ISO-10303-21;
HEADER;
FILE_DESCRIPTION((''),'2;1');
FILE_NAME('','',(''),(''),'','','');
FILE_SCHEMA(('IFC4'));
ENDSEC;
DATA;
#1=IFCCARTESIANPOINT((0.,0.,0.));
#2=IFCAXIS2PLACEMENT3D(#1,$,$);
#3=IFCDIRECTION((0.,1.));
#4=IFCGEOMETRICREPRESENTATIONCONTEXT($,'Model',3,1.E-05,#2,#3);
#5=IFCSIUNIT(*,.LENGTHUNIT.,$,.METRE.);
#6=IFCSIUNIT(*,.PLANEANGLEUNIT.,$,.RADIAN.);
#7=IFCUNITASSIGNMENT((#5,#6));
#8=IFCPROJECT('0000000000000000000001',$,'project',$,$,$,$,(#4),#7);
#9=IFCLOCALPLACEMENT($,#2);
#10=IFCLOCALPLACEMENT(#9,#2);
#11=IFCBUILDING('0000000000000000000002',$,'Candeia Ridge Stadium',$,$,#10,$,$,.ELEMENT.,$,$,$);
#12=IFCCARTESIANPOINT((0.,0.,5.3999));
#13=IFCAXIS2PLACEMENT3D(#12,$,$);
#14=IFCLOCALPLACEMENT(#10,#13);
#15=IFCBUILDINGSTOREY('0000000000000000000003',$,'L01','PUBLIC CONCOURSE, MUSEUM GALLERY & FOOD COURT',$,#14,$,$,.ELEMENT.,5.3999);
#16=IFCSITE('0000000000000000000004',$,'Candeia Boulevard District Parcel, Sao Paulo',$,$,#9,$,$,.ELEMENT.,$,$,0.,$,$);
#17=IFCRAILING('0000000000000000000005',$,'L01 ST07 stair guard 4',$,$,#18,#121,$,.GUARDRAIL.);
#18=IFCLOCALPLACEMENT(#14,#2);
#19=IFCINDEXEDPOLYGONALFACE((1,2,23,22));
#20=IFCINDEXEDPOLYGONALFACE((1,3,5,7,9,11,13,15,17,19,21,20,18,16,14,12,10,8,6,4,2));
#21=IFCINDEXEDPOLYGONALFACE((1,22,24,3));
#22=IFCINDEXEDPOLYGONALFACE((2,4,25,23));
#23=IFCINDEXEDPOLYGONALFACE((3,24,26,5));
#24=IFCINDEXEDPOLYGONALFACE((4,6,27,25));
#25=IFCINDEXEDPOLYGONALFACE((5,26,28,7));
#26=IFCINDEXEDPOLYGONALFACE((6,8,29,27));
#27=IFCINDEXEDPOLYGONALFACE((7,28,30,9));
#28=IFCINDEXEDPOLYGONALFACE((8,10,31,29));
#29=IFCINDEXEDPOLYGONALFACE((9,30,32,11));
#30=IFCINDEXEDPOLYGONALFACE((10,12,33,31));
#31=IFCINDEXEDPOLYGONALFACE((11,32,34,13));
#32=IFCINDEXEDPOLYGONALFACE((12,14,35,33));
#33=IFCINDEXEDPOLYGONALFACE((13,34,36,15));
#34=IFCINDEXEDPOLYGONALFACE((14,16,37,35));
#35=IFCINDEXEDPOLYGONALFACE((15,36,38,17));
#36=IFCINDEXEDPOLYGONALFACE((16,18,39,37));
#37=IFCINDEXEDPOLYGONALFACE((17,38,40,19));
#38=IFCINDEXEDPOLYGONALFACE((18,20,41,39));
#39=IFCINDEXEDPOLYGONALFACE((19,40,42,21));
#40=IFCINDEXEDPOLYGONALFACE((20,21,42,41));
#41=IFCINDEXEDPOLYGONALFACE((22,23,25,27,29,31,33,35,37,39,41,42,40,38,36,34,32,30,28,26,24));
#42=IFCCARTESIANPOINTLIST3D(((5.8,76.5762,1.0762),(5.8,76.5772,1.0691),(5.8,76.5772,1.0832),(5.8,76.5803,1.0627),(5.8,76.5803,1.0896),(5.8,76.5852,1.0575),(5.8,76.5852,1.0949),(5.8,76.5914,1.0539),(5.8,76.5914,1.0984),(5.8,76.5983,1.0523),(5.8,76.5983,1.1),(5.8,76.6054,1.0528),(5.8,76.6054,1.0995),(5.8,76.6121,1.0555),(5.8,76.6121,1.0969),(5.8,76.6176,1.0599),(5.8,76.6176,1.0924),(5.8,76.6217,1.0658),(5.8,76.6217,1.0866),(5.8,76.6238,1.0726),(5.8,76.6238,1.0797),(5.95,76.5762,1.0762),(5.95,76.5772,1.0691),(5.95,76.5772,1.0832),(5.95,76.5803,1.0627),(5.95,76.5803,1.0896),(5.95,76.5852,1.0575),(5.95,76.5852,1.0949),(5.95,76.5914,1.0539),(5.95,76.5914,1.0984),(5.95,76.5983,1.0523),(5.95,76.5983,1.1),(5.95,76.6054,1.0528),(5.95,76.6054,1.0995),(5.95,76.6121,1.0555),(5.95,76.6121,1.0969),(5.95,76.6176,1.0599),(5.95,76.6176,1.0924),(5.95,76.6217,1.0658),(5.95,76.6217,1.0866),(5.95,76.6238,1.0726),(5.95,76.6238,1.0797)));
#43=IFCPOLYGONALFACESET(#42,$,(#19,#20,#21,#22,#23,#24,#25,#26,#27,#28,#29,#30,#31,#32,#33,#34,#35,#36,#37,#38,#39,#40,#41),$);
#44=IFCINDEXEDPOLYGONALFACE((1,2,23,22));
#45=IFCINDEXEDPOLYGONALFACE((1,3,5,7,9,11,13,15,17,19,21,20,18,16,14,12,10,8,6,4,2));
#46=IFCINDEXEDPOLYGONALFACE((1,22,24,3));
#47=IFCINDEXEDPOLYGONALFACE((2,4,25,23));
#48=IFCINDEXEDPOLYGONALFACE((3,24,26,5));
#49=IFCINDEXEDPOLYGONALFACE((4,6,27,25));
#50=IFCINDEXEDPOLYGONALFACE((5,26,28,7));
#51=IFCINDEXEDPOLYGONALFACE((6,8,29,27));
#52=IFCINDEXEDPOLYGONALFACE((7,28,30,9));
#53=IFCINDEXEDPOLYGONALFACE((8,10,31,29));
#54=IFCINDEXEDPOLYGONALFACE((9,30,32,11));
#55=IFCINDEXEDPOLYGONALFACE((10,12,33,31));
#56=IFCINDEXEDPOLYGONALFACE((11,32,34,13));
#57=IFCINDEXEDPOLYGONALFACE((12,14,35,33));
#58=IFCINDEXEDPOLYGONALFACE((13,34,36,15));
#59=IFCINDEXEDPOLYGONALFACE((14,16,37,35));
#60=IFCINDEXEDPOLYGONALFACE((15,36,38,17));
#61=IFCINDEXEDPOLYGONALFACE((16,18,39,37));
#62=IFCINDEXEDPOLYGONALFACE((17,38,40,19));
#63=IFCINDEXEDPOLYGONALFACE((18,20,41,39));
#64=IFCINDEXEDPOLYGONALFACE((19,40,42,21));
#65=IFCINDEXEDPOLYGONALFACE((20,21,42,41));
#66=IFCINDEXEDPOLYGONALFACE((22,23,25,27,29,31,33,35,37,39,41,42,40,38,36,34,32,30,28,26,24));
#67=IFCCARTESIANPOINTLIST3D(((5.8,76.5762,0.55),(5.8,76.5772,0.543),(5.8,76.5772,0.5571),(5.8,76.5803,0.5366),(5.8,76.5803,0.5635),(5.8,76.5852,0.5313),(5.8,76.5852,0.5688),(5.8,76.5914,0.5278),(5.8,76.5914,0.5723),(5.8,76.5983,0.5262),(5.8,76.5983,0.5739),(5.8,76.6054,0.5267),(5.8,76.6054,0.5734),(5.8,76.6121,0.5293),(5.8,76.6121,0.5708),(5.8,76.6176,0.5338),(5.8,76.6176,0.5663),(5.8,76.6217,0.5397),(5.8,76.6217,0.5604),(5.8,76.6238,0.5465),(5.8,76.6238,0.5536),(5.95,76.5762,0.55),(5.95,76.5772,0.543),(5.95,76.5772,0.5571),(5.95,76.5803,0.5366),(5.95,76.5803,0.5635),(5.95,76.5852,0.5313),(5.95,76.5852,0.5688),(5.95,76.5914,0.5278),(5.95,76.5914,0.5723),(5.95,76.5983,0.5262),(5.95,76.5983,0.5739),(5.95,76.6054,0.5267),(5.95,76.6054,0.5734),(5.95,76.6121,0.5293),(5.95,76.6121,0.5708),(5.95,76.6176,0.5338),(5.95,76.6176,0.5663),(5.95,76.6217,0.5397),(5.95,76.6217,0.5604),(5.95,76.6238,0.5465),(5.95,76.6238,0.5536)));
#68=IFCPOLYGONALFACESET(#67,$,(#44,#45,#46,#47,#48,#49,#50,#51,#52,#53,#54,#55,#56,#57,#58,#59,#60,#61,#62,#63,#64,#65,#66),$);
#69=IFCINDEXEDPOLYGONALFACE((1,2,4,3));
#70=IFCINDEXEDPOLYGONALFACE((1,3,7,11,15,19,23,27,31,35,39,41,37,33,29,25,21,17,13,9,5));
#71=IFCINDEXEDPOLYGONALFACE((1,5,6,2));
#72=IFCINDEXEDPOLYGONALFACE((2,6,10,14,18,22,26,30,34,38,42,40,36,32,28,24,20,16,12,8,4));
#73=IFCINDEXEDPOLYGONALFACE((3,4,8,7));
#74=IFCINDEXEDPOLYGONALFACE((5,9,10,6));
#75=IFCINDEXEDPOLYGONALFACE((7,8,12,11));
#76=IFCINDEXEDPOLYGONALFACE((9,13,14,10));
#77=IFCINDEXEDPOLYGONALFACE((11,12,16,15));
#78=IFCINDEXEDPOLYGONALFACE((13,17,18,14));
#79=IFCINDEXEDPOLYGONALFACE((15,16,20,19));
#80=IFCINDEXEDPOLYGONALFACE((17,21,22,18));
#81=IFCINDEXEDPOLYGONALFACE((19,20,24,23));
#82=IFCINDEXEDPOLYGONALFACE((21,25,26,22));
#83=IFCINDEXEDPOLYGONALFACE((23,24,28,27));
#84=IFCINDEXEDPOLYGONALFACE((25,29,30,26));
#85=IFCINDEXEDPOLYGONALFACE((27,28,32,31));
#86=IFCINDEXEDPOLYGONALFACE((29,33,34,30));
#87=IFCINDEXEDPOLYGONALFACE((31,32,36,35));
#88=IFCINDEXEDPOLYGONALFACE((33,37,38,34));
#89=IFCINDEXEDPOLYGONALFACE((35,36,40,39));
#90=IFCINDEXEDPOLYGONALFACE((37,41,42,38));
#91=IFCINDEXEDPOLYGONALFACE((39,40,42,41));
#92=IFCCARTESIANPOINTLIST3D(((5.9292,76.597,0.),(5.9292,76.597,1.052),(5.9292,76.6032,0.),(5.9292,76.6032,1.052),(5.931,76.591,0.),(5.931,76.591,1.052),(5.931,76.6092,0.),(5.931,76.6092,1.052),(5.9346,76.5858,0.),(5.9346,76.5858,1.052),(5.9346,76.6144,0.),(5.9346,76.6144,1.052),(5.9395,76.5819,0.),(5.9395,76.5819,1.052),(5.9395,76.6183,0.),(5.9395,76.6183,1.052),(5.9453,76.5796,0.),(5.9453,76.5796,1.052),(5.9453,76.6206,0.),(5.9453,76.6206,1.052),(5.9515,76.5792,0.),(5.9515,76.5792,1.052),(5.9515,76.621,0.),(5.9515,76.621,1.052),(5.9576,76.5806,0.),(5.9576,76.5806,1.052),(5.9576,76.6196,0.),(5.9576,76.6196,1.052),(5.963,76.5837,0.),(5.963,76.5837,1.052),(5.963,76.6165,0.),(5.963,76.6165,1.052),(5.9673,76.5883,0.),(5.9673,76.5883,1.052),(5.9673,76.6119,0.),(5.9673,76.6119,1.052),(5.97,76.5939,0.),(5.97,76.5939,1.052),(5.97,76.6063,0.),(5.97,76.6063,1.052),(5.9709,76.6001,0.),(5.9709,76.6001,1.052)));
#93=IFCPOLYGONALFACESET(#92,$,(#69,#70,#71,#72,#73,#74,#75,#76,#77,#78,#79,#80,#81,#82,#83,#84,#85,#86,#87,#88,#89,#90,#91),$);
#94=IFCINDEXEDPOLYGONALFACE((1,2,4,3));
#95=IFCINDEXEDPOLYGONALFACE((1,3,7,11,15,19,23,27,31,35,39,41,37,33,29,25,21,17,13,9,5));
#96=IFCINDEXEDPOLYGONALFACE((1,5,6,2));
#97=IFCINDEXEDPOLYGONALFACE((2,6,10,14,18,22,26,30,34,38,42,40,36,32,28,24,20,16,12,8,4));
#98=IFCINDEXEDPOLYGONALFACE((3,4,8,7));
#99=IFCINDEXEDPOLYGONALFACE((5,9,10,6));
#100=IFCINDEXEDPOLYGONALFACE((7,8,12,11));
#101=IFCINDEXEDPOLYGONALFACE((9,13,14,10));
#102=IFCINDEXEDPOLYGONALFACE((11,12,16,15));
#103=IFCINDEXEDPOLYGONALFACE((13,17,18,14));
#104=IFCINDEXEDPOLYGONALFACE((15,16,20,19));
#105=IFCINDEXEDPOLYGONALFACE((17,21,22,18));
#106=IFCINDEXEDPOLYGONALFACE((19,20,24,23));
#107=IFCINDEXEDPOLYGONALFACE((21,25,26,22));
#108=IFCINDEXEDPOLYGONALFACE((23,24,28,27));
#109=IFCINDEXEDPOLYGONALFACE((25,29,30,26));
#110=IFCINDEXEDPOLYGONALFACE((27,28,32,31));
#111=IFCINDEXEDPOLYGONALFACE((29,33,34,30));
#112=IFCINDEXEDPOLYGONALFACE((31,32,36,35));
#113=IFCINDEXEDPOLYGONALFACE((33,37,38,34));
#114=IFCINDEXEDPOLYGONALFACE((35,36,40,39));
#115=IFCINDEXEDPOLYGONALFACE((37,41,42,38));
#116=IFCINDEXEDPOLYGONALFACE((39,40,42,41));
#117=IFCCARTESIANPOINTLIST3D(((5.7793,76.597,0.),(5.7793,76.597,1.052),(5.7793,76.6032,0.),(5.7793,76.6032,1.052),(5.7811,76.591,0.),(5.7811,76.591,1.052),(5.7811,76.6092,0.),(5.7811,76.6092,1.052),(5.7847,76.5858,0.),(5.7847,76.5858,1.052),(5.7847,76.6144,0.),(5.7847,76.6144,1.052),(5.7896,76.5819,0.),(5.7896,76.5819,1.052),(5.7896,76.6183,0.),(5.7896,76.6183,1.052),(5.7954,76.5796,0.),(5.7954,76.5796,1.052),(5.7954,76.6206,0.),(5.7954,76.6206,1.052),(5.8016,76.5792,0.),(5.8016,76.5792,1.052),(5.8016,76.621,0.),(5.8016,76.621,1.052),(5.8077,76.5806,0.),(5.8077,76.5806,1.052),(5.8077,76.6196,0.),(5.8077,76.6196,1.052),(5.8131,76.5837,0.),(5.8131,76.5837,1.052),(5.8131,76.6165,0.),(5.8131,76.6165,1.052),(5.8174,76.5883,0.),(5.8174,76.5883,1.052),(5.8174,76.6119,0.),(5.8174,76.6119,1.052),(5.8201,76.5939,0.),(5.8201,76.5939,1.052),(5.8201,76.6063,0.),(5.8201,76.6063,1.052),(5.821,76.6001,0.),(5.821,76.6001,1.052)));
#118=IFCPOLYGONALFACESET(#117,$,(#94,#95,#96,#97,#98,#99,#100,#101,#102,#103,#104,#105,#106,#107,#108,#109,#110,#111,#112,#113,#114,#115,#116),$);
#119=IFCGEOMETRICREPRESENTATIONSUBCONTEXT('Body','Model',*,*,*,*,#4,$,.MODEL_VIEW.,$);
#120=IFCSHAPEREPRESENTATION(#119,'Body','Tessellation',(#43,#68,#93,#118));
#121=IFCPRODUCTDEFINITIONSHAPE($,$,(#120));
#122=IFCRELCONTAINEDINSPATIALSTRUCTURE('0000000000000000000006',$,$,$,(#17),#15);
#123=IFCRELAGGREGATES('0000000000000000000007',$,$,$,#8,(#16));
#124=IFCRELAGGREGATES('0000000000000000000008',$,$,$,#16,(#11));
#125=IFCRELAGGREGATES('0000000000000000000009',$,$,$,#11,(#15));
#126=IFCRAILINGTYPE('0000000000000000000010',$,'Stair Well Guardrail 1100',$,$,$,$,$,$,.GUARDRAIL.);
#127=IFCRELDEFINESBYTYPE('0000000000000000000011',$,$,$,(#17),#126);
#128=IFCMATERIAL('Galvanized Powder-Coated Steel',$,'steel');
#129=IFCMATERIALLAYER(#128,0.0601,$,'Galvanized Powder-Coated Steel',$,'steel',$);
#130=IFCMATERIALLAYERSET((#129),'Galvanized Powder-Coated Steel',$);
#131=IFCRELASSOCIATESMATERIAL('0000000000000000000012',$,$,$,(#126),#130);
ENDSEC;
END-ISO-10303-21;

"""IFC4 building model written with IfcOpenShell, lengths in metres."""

from ifc_helpers import new_model, si_unit, direction, frame, origin, origin_2d, place, context, subcontext, project, spatial, circle, extrude, material, layer, layer_set, type_object, element, save


model = new_model("IFC4")

# Units and contexts
model_context = context("Model", 3, precision=1e-05, world=origin(), true_north=direction((0.0, 1.0)))
body_context = subcontext(model_context, "Body", "Model", "MODEL_VIEW")
ifc_project = project(units=[si_unit("LENGTHUNIT", "METRE"), si_unit("PLANEANGLEUNIT", "RADIAN")], contexts=[model_context])

# Site, building, storey
site_placement = place(None, origin())
site = spatial("IfcSite", under=ifc_project, at=site_placement, Name="Candeia Boulevard District Parcel, Sao Paulo", CompositionType="ELEMENT", RefElevation=0.0)
building_placement = place(site_placement, origin())
building = spatial("IfcBuilding", under=site, at=building_placement, Name="Candeia Ridge Stadium", CompositionType="ELEMENT")
storey_placement = place(building_placement, frame((0.0, 0.0, 5.3999)))
storey = spatial("IfcBuildingStorey", under=building, at=storey_placement, Name="L01", Description="PUBLIC CONCOURSE, MUSEUM GALLERY & FOOD COURT", CompositionType="ELEMENT", Elevation=5.3999)

# Railing
ifc_material_1 = material(Name="Galvanized Powder-Coated Steel", Category="steel")
ifc_layer_1 = layer(ifc_material_1, 0.0601, Name="Galvanized Powder-Coated Steel", Category="steel")
ifc_layer_set_1 = layer_set([ifc_layer_1], Name="Galvanized Powder-Coated Steel")
railing_type_1 = type_object("IfcRailingType", Name="Stair Well Guardrail 1100", PredefinedType="GUARDRAIL", material=ifc_layer_set_1)
railing_1_placement = place(storey_placement, frame((5.95, 76.6001, 0.0)))
element("IfcRailing", 1, at=railing_1_placement, inside=storey, type_object=railing_type_1, Name="L01 ST07 stair guard 4", PredefinedType="GUARDRAIL", context=body_context, shape_type="SweptSolid", body=[
    extrude(circle(Radius=0.0239, at=origin_2d()), frame((0.0, 0.0, 1.0762), z_axis=(-1.0, 0.0, 0.0), x_axis=(0.0, -1.0, 0.0)), (0.0, 0.0, 1.0), 0.1499),
    extrude(circle(Radius=0.0239, at=origin_2d()), frame((0.0, 0.0, 0.55), z_axis=(-1.0, 0.0, 0.0), x_axis=(0.0, -1.0, 0.0)), (0.0, 0.0, 1.0), 0.1499),
    extrude(circle(Radius=0.021, at=origin_2d()), origin(), (0.0, 0.0, 1.0), 1.052),
    extrude(circle(Radius=0.021, at=origin_2d()), frame((-0.1499, 0.0, 0.0)), (0.0, 0.0, 1.0), 1.052),
])

save(model, "model.ifc")
